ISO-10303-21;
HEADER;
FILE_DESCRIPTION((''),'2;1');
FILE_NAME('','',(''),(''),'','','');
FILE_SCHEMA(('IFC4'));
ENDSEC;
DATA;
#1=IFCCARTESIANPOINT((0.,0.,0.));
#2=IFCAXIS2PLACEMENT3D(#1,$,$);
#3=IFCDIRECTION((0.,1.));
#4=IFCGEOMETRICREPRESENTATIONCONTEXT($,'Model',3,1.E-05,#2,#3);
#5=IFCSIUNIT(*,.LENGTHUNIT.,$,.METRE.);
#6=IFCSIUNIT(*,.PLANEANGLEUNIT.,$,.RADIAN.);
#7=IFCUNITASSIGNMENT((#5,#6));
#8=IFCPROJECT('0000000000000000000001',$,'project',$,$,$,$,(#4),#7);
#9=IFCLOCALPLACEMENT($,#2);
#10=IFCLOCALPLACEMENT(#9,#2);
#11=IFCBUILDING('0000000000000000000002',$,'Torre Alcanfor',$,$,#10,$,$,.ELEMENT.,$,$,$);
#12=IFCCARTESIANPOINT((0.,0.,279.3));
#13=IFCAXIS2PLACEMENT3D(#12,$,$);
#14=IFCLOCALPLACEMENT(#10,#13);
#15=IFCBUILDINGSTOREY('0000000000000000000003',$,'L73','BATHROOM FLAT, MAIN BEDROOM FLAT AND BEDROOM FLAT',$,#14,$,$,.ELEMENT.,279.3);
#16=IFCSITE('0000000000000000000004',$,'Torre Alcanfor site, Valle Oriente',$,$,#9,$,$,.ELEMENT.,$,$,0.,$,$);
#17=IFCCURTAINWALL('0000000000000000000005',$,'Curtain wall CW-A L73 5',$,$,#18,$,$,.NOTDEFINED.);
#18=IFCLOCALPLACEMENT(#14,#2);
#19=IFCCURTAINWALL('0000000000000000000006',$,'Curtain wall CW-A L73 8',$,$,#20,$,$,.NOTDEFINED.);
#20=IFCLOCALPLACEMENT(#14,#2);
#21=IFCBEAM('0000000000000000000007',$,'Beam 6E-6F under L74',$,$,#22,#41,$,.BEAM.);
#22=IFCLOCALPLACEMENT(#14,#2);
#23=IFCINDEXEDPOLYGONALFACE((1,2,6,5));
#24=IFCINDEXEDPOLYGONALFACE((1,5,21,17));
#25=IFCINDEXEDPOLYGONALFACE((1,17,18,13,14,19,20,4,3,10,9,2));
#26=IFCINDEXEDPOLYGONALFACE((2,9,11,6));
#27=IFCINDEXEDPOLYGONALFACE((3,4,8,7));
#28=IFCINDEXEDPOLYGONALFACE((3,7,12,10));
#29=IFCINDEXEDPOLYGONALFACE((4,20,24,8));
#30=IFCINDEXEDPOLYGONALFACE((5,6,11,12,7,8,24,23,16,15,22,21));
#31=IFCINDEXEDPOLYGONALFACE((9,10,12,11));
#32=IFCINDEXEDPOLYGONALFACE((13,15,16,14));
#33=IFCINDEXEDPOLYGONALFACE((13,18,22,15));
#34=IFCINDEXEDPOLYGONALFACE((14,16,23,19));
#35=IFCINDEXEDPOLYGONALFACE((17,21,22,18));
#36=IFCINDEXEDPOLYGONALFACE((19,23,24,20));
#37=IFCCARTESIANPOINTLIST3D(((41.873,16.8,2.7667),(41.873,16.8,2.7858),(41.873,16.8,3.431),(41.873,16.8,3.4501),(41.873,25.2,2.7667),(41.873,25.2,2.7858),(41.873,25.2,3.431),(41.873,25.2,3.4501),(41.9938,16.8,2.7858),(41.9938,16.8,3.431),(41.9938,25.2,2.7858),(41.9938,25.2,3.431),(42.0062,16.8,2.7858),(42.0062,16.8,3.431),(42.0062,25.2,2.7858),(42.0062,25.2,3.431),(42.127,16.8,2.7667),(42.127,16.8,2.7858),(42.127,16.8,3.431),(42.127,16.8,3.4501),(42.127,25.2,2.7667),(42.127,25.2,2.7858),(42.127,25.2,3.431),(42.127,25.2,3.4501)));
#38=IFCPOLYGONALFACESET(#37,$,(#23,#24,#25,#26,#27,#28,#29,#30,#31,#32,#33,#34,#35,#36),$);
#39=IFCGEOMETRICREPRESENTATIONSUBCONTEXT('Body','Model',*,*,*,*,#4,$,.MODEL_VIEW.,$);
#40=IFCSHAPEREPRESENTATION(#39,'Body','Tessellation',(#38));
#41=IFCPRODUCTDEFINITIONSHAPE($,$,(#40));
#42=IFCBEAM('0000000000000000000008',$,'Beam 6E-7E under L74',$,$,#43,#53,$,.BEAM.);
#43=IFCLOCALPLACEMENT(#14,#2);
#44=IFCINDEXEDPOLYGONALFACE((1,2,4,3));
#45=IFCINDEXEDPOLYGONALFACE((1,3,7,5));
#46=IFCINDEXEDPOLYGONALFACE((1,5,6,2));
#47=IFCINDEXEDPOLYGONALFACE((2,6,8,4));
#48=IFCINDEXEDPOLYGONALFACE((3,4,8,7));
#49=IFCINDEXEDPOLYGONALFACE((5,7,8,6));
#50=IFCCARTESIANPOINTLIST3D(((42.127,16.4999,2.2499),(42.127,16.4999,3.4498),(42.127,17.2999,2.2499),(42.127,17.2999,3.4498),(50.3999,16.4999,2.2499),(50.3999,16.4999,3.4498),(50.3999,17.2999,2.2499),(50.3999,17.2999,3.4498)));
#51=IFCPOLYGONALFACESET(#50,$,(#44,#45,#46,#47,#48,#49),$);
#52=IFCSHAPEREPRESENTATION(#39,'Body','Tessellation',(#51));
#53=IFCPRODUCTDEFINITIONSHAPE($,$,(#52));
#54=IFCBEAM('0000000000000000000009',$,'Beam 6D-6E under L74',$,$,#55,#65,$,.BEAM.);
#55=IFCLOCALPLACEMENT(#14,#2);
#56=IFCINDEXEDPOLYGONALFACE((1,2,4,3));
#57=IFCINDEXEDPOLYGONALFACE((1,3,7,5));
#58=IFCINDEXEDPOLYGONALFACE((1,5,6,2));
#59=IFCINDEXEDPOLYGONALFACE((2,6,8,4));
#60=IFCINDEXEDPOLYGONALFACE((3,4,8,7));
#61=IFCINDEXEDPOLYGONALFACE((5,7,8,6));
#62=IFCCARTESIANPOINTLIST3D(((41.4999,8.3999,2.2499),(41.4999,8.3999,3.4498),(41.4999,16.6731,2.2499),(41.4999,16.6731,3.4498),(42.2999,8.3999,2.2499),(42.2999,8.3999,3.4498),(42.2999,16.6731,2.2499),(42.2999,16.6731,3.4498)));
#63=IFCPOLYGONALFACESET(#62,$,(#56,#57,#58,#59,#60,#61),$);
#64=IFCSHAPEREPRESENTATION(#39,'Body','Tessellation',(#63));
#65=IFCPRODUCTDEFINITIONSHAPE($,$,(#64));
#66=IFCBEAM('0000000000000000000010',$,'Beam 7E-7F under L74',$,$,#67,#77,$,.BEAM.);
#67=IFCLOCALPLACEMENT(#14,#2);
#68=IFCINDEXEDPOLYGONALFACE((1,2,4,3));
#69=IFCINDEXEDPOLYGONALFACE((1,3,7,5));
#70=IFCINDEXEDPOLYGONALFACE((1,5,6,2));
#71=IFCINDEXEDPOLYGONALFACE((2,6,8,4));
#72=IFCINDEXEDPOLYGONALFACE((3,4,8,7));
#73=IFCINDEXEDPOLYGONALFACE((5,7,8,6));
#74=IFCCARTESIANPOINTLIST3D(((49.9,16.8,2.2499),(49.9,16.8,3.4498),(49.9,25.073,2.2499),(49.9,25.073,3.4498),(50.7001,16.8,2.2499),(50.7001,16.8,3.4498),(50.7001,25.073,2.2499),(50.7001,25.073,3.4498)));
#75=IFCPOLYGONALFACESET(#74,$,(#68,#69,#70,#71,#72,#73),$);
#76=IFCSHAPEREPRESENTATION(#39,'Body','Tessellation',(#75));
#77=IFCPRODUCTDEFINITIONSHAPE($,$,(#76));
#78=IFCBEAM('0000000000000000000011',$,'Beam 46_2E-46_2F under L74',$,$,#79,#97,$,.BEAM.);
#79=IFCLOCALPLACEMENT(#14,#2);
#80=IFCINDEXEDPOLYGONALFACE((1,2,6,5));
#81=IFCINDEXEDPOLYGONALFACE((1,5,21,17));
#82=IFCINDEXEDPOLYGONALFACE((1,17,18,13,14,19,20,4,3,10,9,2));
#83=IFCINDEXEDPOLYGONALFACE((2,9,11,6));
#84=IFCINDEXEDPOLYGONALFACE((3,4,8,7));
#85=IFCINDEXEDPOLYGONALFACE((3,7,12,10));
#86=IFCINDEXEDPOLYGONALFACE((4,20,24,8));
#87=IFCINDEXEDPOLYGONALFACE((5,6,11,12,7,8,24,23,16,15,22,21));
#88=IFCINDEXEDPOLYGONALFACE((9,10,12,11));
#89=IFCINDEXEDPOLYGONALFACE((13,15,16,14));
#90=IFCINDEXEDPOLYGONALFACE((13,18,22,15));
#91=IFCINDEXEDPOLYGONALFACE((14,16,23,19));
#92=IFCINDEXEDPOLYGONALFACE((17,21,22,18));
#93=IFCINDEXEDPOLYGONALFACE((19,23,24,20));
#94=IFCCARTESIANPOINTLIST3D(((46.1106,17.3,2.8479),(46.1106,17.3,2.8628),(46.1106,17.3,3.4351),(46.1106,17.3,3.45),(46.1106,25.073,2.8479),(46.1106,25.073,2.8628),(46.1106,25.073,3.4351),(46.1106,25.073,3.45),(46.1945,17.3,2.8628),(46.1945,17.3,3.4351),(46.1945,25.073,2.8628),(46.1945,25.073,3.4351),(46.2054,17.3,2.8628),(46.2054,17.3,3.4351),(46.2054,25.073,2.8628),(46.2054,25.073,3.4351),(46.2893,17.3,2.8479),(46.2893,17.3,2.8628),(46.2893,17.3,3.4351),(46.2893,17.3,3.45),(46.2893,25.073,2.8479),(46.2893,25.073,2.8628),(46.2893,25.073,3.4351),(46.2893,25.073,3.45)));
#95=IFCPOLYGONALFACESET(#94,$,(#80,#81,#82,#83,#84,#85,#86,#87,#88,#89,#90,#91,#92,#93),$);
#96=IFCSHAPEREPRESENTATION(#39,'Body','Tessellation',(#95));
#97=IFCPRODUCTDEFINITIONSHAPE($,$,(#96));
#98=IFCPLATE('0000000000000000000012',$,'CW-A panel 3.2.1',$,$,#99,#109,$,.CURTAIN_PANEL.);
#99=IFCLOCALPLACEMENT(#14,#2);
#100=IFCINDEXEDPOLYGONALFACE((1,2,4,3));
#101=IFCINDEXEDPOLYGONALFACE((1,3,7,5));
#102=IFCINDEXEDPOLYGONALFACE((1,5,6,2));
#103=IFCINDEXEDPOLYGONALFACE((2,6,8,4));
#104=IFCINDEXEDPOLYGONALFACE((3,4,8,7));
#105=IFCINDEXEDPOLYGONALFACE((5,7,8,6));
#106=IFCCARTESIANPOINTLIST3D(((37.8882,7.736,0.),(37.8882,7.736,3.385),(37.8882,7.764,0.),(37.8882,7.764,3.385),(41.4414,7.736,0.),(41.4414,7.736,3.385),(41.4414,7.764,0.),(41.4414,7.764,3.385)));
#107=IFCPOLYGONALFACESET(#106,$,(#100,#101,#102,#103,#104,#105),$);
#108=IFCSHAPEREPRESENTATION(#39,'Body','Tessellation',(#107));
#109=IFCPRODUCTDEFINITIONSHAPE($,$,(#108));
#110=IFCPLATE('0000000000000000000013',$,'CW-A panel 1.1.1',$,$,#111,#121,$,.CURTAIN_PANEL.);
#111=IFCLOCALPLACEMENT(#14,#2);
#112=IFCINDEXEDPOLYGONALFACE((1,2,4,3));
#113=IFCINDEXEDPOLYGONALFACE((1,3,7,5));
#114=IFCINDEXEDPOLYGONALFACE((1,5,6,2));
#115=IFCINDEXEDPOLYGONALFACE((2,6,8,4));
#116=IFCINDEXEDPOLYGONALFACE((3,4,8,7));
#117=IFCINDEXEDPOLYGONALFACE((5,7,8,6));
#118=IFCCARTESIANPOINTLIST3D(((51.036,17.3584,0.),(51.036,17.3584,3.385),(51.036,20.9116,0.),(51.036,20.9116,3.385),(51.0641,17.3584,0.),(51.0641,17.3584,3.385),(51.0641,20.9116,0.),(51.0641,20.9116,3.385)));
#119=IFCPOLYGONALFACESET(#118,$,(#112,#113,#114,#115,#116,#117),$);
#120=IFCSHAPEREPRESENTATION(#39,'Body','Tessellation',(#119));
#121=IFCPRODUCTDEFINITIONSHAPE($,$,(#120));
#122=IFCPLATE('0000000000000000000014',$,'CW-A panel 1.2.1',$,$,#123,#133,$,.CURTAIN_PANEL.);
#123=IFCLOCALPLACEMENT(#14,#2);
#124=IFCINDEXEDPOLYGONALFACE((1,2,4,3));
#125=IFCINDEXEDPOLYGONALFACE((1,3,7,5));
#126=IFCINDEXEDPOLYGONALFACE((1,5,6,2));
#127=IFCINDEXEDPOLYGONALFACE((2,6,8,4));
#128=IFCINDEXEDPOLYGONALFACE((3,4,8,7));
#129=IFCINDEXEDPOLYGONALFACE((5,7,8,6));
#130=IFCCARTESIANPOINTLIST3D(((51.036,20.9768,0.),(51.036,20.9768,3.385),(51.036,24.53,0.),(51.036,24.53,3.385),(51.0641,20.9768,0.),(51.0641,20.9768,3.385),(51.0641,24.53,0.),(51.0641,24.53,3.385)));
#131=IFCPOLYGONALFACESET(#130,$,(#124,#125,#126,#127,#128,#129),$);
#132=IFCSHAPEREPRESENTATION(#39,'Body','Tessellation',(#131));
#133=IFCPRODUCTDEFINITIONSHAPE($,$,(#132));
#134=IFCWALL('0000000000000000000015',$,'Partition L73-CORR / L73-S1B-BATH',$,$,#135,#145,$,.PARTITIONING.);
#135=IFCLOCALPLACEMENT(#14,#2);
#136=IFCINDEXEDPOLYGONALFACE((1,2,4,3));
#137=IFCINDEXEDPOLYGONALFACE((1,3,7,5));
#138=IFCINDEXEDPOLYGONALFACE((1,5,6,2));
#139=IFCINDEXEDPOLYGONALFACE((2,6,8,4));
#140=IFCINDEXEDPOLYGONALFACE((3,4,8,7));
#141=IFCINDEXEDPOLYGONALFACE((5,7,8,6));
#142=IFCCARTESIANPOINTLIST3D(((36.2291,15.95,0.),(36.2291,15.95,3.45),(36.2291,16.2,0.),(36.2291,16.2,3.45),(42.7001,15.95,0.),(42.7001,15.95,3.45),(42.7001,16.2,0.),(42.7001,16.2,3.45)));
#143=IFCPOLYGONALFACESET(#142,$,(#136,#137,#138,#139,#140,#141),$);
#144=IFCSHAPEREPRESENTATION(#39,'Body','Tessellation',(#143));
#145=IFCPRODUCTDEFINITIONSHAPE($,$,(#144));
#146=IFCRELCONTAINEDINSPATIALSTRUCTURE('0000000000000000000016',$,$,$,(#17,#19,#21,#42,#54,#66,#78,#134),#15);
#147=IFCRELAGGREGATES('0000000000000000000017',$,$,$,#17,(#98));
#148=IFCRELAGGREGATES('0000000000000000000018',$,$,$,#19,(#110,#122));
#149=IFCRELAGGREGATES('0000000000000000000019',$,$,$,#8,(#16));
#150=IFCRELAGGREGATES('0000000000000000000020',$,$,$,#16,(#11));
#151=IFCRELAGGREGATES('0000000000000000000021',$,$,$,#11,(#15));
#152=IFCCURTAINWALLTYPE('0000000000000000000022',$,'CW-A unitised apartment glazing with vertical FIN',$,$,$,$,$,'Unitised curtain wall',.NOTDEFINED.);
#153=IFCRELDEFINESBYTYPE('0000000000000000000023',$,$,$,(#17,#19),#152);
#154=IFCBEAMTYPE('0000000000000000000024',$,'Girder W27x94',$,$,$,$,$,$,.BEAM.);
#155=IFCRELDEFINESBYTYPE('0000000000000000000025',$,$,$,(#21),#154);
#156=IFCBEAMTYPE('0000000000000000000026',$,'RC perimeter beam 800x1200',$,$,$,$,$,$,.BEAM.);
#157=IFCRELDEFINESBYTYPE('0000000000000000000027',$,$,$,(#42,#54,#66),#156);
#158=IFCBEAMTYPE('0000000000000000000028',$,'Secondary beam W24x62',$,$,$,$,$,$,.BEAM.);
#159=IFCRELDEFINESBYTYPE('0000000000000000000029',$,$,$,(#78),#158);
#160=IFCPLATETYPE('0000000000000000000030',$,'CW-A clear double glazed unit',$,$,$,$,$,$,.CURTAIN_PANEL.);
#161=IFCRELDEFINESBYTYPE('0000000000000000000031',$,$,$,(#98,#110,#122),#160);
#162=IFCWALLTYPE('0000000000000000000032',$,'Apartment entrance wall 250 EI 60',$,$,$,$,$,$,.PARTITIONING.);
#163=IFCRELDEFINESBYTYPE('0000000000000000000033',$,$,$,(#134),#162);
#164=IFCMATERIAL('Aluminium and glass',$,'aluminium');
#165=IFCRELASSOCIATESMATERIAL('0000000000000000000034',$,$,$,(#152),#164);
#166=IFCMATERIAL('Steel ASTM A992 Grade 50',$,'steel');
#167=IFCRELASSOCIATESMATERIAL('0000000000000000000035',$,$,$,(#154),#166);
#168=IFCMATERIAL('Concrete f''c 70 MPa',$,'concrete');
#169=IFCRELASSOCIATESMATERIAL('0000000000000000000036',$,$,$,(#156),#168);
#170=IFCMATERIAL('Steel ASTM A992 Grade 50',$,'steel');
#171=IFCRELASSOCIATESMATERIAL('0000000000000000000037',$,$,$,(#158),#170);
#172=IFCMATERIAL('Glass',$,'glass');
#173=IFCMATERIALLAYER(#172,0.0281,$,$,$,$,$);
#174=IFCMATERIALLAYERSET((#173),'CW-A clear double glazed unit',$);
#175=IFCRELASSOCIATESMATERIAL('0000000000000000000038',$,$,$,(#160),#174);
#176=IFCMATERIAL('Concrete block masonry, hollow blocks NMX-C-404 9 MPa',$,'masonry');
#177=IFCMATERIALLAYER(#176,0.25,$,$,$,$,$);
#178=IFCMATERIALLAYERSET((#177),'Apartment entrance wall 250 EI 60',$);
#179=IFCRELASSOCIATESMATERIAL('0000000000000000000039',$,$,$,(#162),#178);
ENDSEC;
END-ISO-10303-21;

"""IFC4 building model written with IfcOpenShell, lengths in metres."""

from ifc_helpers import new_model, si_unit, direction, frame, frame_2d, origin, origin_2d, place, context, subcontext, project, spatial, rectangle, i_section, extrude, material, layer, layer_set, material_profile, profile_set, type_object, element, aggregate, save


model = new_model("IFC4")

# Units and contexts
model_context = context("Model", 3, precision=1e-05, world=origin(), true_north=direction((0.0, 1.0)))
body_context = subcontext(model_context, "Body", "Model", "MODEL_VIEW")
ifc_project = project(units=[si_unit("LENGTHUNIT", "METRE"), si_unit("PLANEANGLEUNIT", "RADIAN")], contexts=[model_context])

# Site, building, storey
site_placement = place(None, origin())
site = spatial("IfcSite", under=ifc_project, at=site_placement, Name="Torre Alcanfor site, Valle Oriente", CompositionType="ELEMENT", RefElevation=0.0)
building_placement = place(site_placement, origin())
building = spatial("IfcBuilding", under=site, at=building_placement, Name="Torre Alcanfor", CompositionType="ELEMENT")
storey_placement = place(building_placement, frame((0.0, 0.0, 279.3)))
storey = spatial("IfcBuildingStorey", under=building, at=storey_placement, Name="L73", Description="BATHROOM FLAT, MAIN BEDROOM FLAT AND BEDROOM FLAT", CompositionType="ELEMENT", Elevation=279.3)

# Curtain wall
ifc_material_1 = material(Name="Aluminium and glass", Category="aluminium")
curtain_wall_type = type_object("IfcCurtainWallType", Name="CW-A unitised apartment glazing with vertical FIN", ElementType="Unitised curtain wall", PredefinedType="NOTDEFINED", material=ifc_material_1)
curtain_wall_1_placement = place(storey_placement, origin())
curtain_wall_1 = element("IfcCurtainWall", 1, at=curtain_wall_1_placement, inside=storey, type_object=curtain_wall_type, Name="Curtain wall CW-A L73 5", PredefinedType="NOTDEFINED")

# Curtain wall
curtain_wall_2_placement = place(storey_placement, origin())
curtain_wall_2 = element("IfcCurtainWall", 2, at=curtain_wall_2_placement, inside=storey, type_object=curtain_wall_type, Name="Curtain wall CW-A L73 8", PredefinedType="NOTDEFINED")

# Beams
ifc_material_2 = material(Name="Steel ASTM A992 Grade 50", Category="steel")
ifc_material_profile_1 = material_profile(ifc_material_2, i_section(OverallWidth=0.2539, OverallDepth=0.6833, WebThickness=0.0125, FlangeThickness=0.019, at=origin_2d()), Name="W27x94")
ifc_profile_set_1 = profile_set([ifc_material_profile_1], Name="Steel ASTM A992 Grade 50")
beam_type_1 = type_object("IfcBeamType", Name="Girder W27x94", PredefinedType="BEAM", material=ifc_profile_set_1)
beam_1_placement = place(storey_placement, frame((42.0, 16.8, 3.1084), z_axis=(0.0, 1.0, 0.0), x_axis=(-1.0, 0.0, 0.0)))
element("IfcBeam", 3, at=beam_1_placement, inside=storey, type_object=beam_type_1, Name="Beam 6E-6F under L74", PredefinedType="BEAM", context=body_context, shape_type="SweptSolid", body=[
    extrude(i_section(OverallWidth=0.2539, OverallDepth=0.6833, WebThickness=0.0125, FlangeThickness=0.019, at=origin_2d()), origin(), (0.0, 0.0, 1.0), 8.3999),
])
ifc_material_3 = material(Name="Concrete f'c 70 MPa", Category="concrete")
ifc_material_profile_2 = material_profile(ifc_material_3, rectangle(XDim=0.8, YDim=1.2, at=origin_2d()), Name="800x1200")
ifc_profile_set_2 = profile_set([ifc_material_profile_2], Name="Concrete f'c 70 MPa")
beam_type_2 = type_object("IfcBeamType", Name="RC perimeter beam 800x1200", PredefinedType="BEAM", material=ifc_profile_set_2)
beam_2_placement = place(storey_placement, frame((42.127, 16.8999, 2.8499), z_axis=(1.0, 0.0, 0.0), x_axis=(0.0, 1.0, 0.0)))
element("IfcBeam", 4, at=beam_2_placement, inside=storey, type_object=beam_type_2, Name="Beam 6E-7E under L74", PredefinedType="BEAM", context=body_context, shape_type="SweptSolid", body=[
    extrude(rectangle(XDim=0.8, YDim=1.2, at=origin_2d()), origin(), (0.0, 0.0, 1.0), 8.2729),
])
beam_3_placement = place(storey_placement, frame((41.8999, 8.3999, 2.8499), z_axis=(0.0, 1.0, 0.0), x_axis=(-1.0, 0.0, 0.0)))
element("IfcBeam", 5, at=beam_3_placement, inside=storey, type_object=beam_type_2, Name="Beam 6D-6E under L74", PredefinedType="BEAM", context=body_context, shape_type="SweptSolid", body=[
    extrude(rectangle(XDim=0.8, YDim=1.2, at=origin_2d()), origin(), (0.0, 0.0, 1.0), 8.2732),
])
beam_4_placement = place(storey_placement, frame((50.3, 16.8, 2.8499), z_axis=(0.0, 1.0, 0.0), x_axis=(-1.0, 0.0, 0.0)))
element("IfcBeam", 6, at=beam_4_placement, inside=storey, type_object=beam_type_2, Name="Beam 7E-7F under L74", PredefinedType="BEAM", context=body_context, shape_type="SweptSolid", body=[
    extrude(rectangle(XDim=0.8, YDim=1.2, at=origin_2d()), origin(), (0.0, 0.0, 1.0), 8.2729),
])
ifc_material_4 = material(Name="Steel ASTM A992 Grade 50", Category="steel")
ifc_material_profile_3 = material_profile(ifc_material_4, i_section(OverallWidth=0.1787, OverallDepth=0.6021, WebThickness=0.011, FlangeThickness=0.0149, at=origin_2d()), Name="W24x62")
ifc_profile_set_3 = profile_set([ifc_material_profile_3], Name="Steel ASTM A992 Grade 50")
beam_type_3 = type_object("IfcBeamType", Name="Secondary beam W24x62", PredefinedType="BEAM", material=ifc_profile_set_3)
beam_5_placement = place(storey_placement, frame((46.2, 17.3, 3.1489), z_axis=(0.0, 1.0, 0.0), x_axis=(-1.0, 0.0, 0.0)))
element("IfcBeam", 7, at=beam_5_placement, inside=storey, type_object=beam_type_3, Name="Beam 46_2E-46_2F under L74", PredefinedType="BEAM", context=body_context, shape_type="SweptSolid", body=[
    extrude(i_section(OverallWidth=0.1787, OverallDepth=0.6021, WebThickness=0.011, FlangeThickness=0.0149, at=origin_2d()), origin(), (0.0, 0.0, 1.0), 7.7729),
])

# Plates
ifc_material_5 = material(Name="Glass", Category="glass")
ifc_layer_1 = layer(ifc_material_5, 0.0281)
ifc_layer_set_1 = layer_set([ifc_layer_1], Name="CW-A clear double glazed unit")
plate_type = type_object("IfcPlateType", Name="CW-A clear double glazed unit", PredefinedType="CURTAIN_PANEL", material=ifc_layer_set_1)
plate_1_placement = place(storey_placement, frame((39.6648, 7.75, 0.0), z_axis=(0.0, 0.0, 1.0), x_axis=(1.0, 0.0, 0.0)))
plate_1 = element("IfcPlate", 8, at=plate_1_placement, type_object=plate_type, Name="CW-A panel 3.2.1", PredefinedType="CURTAIN_PANEL", context=body_context, shape_type="SweptSolid", body=[
    extrude(rectangle(XDim=3.5532, YDim=0.0281, at=origin_2d()), origin(), (0.0, 0.0, 1.0), 3.385),
])
aggregate(curtain_wall_1, [plate_1])
plate_2_placement = place(storey_placement, frame((51.05, 19.135, 0.0), z_axis=(0.0, 0.0, 1.0), x_axis=(0.0, 1.0, 0.0)))
plate_2 = element("IfcPlate", 9, at=plate_2_placement, type_object=plate_type, Name="CW-A panel 1.1.1", PredefinedType="CURTAIN_PANEL", context=body_context, shape_type="SweptSolid", body=[
    extrude(rectangle(XDim=3.5532, YDim=0.0281, at=origin_2d()), origin(), (0.0, 0.0, 1.0), 3.385),
])
plate_3_placement = place(storey_placement, frame((51.05, 22.7534, 0.0), z_axis=(0.0, 0.0, 1.0), x_axis=(0.0, 1.0, 0.0)))
plate_3 = element("IfcPlate", 10, at=plate_3_placement, type_object=plate_type, Name="CW-A panel 1.2.1", PredefinedType="CURTAIN_PANEL", context=body_context, shape_type="SweptSolid", body=[
    extrude(rectangle(XDim=3.5532, YDim=0.0281, at=origin_2d()), origin(), (0.0, 0.0, 1.0), 3.385),
])
aggregate(curtain_wall_2, [plate_2, plate_3])

# Wall
ifc_material_6 = material(Name="Concrete block masonry, hollow blocks NMX-C-404 9 MPa", Category="masonry")
ifc_layer_2 = layer(ifc_material_6, 0.25)
ifc_layer_set_2 = layer_set([ifc_layer_2], Name="Apartment entrance wall 250 EI 60")
wall_type_1 = type_object("IfcWallType", Name="Apartment entrance wall 250 EI 60", PredefinedType="PARTITIONING", material=ifc_layer_set_2)
wall_1_placement = place(storey_placement, frame((42.7, 16.075, 0.0), z_axis=(0.0, 0.0, 1.0), x_axis=(-1.0, 0.0, 0.0)))
element("IfcWall", 11, at=wall_1_placement, inside=storey, type_object=wall_type_1, Name="Partition L73-CORR / L73-S1B-BATH", PredefinedType="PARTITIONING", context=body_context, shape_type="SweptSolid", body=[
    extrude(rectangle(XDim=6.4709, YDim=0.25, at=frame_2d((3.2354, 0.0))), origin(), (0.0, 0.0, 1.0), 3.45),
])

save(model, "model.ifc")
